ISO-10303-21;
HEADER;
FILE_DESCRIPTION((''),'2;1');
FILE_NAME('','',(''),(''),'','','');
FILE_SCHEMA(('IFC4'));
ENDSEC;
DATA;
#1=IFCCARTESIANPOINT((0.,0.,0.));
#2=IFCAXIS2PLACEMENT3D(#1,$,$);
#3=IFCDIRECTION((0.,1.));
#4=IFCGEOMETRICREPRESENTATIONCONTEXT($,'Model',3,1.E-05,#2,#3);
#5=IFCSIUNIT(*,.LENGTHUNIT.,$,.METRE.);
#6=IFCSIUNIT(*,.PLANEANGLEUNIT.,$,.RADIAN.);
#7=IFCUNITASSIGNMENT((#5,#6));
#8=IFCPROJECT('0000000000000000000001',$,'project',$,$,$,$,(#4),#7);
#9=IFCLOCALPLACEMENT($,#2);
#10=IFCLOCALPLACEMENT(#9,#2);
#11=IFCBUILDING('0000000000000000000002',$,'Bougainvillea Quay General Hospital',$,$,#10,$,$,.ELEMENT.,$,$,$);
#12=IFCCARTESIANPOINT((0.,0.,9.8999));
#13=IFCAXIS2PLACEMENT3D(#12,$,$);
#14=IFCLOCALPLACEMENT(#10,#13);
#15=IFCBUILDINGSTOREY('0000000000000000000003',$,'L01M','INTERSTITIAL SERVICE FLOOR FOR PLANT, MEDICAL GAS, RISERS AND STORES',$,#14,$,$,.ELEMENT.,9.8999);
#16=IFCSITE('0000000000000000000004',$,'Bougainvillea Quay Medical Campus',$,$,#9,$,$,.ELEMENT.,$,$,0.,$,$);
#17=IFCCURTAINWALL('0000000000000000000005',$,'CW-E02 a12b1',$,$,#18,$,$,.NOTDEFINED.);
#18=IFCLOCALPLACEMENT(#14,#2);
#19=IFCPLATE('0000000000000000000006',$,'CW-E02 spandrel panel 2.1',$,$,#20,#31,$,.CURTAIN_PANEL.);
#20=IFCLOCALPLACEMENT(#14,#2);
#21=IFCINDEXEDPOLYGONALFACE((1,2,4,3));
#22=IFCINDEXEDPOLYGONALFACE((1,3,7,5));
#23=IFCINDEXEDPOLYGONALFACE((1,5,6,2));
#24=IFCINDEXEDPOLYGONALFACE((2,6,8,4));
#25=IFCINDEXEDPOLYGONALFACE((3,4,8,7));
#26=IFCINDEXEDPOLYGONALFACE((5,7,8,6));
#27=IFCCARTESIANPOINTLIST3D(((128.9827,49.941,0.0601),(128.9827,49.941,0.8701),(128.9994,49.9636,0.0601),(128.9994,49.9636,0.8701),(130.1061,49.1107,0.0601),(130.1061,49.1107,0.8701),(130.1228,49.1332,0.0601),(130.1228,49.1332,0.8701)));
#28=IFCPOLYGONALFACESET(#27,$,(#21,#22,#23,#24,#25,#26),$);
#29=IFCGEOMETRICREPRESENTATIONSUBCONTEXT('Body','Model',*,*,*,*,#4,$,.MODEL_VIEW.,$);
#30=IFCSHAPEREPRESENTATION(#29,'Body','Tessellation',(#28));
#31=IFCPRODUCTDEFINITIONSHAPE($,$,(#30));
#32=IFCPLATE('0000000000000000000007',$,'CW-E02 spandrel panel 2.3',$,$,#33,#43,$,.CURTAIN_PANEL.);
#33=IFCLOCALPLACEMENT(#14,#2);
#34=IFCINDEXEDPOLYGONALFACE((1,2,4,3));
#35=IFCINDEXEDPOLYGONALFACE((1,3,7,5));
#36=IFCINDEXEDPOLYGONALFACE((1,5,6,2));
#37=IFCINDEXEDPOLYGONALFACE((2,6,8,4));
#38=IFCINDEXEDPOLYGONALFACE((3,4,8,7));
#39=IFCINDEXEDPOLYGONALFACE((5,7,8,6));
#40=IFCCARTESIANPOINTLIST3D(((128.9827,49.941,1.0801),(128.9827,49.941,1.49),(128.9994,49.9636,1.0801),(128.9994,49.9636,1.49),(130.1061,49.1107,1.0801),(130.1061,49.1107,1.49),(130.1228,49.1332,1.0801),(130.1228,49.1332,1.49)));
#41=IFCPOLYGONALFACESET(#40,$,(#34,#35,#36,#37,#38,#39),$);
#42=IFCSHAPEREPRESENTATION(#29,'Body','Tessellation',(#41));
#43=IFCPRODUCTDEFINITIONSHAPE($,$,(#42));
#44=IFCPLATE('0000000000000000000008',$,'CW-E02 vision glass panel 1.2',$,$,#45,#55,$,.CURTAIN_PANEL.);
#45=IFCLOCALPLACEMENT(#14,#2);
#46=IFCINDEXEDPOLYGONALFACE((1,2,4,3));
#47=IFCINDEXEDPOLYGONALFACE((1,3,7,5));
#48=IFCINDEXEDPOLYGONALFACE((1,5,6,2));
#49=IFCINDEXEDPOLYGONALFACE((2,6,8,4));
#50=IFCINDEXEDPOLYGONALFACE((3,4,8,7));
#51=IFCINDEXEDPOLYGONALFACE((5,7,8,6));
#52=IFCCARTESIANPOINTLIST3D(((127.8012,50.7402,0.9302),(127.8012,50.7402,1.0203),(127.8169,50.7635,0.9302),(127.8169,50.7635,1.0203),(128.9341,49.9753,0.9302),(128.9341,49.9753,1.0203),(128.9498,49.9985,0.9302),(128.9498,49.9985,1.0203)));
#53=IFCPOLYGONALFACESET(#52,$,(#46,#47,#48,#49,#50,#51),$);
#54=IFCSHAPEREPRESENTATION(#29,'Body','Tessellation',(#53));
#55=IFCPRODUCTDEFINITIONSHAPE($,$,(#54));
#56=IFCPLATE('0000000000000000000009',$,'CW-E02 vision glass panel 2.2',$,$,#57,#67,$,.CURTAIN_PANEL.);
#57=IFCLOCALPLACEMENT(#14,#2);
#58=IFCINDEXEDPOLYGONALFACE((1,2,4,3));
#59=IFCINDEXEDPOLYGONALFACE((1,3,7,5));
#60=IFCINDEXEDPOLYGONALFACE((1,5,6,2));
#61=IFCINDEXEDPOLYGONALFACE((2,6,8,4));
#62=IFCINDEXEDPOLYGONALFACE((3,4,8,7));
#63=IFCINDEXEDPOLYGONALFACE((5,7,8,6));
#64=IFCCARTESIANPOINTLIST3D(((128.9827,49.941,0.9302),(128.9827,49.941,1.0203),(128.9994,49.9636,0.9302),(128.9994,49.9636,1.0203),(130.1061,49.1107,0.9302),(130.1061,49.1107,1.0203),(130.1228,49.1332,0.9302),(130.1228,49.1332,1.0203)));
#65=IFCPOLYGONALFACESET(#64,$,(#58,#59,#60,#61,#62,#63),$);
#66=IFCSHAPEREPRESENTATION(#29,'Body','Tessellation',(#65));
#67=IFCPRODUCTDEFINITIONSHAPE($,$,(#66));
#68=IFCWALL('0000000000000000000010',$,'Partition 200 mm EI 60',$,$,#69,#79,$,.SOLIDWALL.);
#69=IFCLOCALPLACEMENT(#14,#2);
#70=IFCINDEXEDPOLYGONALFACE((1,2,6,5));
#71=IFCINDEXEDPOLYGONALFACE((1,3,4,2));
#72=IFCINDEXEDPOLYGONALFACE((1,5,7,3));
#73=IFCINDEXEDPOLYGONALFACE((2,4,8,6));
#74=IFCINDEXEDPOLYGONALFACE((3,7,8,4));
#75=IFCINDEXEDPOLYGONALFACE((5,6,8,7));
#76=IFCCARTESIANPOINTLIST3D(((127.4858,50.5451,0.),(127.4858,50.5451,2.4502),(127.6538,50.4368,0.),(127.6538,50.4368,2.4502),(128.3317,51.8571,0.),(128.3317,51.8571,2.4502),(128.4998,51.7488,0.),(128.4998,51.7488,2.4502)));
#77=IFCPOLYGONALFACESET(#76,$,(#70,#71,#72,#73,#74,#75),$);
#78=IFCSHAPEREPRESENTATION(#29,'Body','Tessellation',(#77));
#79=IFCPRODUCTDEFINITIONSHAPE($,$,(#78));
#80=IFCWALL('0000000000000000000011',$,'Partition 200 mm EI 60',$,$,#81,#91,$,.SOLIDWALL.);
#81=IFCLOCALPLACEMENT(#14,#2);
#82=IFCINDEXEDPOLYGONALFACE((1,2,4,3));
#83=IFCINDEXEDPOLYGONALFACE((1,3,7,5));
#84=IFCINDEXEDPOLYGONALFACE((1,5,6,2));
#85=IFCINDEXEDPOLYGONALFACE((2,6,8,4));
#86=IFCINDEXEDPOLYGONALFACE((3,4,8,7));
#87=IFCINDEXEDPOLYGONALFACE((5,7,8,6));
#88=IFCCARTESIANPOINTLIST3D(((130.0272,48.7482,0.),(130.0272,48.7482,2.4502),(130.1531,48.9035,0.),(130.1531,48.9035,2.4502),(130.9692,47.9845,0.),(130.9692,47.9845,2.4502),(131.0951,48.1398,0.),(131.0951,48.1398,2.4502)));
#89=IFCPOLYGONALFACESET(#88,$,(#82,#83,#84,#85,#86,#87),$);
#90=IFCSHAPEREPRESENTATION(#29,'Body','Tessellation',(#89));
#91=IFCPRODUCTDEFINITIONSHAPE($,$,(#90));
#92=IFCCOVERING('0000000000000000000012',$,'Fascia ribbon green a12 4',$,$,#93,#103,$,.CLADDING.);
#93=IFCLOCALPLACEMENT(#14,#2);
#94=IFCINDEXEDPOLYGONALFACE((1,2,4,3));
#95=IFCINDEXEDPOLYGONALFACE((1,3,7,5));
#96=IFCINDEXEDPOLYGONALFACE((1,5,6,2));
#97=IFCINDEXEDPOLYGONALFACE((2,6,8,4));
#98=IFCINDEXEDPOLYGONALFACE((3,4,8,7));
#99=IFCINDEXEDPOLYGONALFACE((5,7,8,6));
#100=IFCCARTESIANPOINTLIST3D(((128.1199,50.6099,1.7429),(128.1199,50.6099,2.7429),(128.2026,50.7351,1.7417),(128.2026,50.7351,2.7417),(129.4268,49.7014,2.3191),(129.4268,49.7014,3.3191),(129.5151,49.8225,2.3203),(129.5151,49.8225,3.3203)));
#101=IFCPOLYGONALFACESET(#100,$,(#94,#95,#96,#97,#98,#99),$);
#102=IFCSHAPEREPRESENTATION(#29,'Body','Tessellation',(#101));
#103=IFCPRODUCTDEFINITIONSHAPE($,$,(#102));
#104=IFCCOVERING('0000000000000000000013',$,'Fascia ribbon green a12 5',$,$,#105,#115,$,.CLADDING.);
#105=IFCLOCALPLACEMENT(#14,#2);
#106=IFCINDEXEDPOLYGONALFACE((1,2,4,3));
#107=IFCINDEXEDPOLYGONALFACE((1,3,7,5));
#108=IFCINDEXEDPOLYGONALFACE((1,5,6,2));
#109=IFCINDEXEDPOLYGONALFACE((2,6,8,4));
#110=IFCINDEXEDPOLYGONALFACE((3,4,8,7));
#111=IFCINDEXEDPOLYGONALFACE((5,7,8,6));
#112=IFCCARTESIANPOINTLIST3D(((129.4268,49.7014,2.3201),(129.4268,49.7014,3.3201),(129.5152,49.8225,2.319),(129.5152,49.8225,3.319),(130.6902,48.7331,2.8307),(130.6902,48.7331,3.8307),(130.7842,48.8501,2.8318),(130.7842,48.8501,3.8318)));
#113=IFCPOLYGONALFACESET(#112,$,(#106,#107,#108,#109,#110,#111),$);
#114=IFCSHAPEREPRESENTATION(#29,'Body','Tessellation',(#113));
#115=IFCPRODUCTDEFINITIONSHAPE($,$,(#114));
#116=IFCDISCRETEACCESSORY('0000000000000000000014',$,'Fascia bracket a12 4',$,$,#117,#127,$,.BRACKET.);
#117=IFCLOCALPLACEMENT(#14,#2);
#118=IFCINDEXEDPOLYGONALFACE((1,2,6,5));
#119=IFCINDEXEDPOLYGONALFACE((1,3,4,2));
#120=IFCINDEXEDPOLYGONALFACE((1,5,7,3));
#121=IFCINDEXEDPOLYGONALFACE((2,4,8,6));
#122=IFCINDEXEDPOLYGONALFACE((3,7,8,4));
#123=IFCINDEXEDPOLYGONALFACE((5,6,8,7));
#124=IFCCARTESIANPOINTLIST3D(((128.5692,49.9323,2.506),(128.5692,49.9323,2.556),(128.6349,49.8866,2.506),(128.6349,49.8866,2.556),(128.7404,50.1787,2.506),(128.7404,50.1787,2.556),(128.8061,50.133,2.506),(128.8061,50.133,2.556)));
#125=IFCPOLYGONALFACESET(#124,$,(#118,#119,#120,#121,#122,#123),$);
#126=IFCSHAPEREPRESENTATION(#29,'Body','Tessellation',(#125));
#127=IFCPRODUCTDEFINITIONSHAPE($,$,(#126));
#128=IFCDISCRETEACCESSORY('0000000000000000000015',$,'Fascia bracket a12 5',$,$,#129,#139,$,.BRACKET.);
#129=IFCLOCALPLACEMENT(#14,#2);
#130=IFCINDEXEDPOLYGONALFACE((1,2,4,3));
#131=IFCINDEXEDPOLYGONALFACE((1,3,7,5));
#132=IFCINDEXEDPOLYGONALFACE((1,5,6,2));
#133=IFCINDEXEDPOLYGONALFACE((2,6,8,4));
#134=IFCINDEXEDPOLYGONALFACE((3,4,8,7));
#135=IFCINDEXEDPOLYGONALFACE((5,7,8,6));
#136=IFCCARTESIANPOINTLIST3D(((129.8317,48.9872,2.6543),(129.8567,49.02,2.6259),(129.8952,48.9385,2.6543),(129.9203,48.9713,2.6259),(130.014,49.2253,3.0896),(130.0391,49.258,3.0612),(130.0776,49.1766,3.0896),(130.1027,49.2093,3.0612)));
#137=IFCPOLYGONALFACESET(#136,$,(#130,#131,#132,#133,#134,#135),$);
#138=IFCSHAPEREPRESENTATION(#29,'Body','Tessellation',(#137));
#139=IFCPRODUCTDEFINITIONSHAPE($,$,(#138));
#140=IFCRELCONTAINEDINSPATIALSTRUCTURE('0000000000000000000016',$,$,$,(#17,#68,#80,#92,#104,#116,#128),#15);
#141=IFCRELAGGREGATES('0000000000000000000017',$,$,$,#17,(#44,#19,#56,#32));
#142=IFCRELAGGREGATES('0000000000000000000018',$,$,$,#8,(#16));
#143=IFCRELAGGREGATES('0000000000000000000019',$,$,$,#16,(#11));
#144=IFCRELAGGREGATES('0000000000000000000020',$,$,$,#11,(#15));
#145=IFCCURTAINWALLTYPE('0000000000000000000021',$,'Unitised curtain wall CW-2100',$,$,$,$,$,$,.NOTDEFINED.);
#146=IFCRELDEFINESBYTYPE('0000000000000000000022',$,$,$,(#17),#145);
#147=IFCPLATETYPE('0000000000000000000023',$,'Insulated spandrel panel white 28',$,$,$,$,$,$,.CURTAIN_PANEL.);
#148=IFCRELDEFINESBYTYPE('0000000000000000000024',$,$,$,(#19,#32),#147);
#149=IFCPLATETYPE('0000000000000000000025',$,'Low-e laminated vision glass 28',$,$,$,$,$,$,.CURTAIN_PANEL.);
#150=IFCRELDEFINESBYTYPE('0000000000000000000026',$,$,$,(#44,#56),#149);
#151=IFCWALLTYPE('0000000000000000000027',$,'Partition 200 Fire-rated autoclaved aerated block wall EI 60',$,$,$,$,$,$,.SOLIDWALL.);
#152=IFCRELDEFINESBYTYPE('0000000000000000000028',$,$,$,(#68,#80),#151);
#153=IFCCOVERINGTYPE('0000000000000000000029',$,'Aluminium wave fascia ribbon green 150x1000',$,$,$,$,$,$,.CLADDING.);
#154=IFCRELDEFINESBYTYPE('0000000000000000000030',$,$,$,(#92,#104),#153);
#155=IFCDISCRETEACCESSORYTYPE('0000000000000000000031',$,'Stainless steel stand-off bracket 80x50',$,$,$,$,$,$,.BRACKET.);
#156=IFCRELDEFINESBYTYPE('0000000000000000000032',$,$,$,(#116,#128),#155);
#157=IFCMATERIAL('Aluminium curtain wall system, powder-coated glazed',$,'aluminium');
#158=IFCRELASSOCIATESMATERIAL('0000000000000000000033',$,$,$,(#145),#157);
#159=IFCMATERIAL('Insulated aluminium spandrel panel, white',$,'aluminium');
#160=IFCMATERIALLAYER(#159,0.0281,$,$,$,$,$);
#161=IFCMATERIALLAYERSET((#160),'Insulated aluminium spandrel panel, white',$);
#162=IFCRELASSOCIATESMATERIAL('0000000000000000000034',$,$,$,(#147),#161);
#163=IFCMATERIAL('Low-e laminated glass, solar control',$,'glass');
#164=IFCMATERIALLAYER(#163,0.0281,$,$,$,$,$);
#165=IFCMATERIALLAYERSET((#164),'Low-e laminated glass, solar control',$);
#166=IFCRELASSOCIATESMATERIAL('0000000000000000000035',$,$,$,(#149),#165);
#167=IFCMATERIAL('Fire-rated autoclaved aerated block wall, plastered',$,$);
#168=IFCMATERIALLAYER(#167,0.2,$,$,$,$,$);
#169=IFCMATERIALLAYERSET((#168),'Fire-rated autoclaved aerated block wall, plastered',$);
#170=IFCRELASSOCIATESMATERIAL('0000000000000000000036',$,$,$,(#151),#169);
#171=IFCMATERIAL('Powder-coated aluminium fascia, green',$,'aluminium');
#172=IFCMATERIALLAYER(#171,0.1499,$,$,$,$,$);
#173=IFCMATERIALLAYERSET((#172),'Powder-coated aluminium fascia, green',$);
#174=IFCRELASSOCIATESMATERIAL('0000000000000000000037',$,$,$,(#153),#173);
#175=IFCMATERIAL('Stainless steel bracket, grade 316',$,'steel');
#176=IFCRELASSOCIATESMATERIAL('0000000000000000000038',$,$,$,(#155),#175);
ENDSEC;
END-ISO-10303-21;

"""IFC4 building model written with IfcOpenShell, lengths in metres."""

from ifc_helpers import new_model, si_unit, direction, frame, frame_2d, origin, origin_2d, place, context, subcontext, project, spatial, polyline, rectangle, outline, extrude, material, layer, layer_set, material_profile, profile_set, type_object, element, aggregate, save


model = new_model("IFC4")

# Units and contexts
model_context = context("Model", 3, precision=1e-05, world=origin(), true_north=direction((0.0, 1.0)))
body_context = subcontext(model_context, "Body", "Model", "MODEL_VIEW")
ifc_project = project(units=[si_unit("LENGTHUNIT", "METRE"), si_unit("PLANEANGLEUNIT", "RADIAN")], contexts=[model_context])

# Site, building, storey
site_placement = place(None, origin())
site = spatial("IfcSite", under=ifc_project, at=site_placement, Name="Bougainvillea Quay Medical Campus", CompositionType="ELEMENT", RefElevation=0.0)
building_placement = place(site_placement, origin())
building = spatial("IfcBuilding", under=site, at=building_placement, Name="Bougainvillea Quay General Hospital", CompositionType="ELEMENT")
storey_placement = place(building_placement, frame((0.0, 0.0, 9.8999)))
storey = spatial("IfcBuildingStorey", under=building, at=storey_placement, Name="L01M", Description="INTERSTITIAL SERVICE FLOOR FOR PLANT, MEDICAL GAS, RISERS AND STORES", CompositionType="ELEMENT", Elevation=9.8999)

# Curtain wall, plates
ifc_material_1 = material(Name="Aluminium curtain wall system, powder-coated glazed", Category="aluminium")
curtain_wall_type = type_object("IfcCurtainWallType", Name="Unitised curtain wall CW-2100", PredefinedType="NOTDEFINED", material=ifc_material_1)
curtain_wall_placement = place(storey_placement, origin())
curtain_wall = element("IfcCurtainWall", 1, at=curtain_wall_placement, inside=storey, type_object=curtain_wall_type, Name="CW-E02 a12b1", PredefinedType="NOTDEFINED")
ifc_material_2 = material(Name="Insulated aluminium spandrel panel, white", Category="aluminium")
ifc_layer_1 = layer(ifc_material_2, 0.0281)
ifc_layer_set_1 = layer_set([ifc_layer_1], Name="Insulated aluminium spandrel panel, white")
plate_type_1 = type_object("IfcPlateType", Name="Insulated spandrel panel white 28", PredefinedType="CURTAIN_PANEL", material=ifc_layer_set_1)
plate_1_placement = place(storey_placement, frame((129.5527, 49.5371, 0.0601), z_axis=(0.0, 0.0, 1.0), x_axis=(0.804189, -0.594374, 0.0)))
plate_1 = element("IfcPlate", 2, at=plate_1_placement, type_object=plate_type_1, Name="CW-E02 spandrel panel 2.1", PredefinedType="CURTAIN_PANEL", context=body_context, shape_type="SweptSolid", body=[
    extrude(rectangle(XDim=1.397, YDim=0.0281, at=origin_2d()), origin(), (0.0, 0.0, 1.0), 0.8101),
])
plate_2_placement = place(storey_placement, frame((129.5527, 49.5371, 1.0801), z_axis=(0.0, 0.0, 1.0), x_axis=(0.804189, -0.594374, 0.0)))
plate_2 = element("IfcPlate", 3, at=plate_2_placement, type_object=plate_type_1, Name="CW-E02 spandrel panel 2.3", PredefinedType="CURTAIN_PANEL", context=body_context, shape_type="SweptSolid", body=[
    extrude(rectangle(XDim=1.397, YDim=0.0281, at=origin_2d()), origin(), (0.0, 0.0, 1.0), 0.4099),
])
ifc_material_3 = material(Name="Low-e laminated glass, solar control", Category="glass")
ifc_layer_2 = layer(ifc_material_3, 0.0281)
ifc_layer_set_2 = layer_set([ifc_layer_2], Name="Low-e laminated glass, solar control")
plate_type_2 = type_object("IfcPlateType", Name="Low-e laminated vision glass 28", PredefinedType="CURTAIN_PANEL", material=ifc_layer_set_2)
plate_3_placement = place(storey_placement, frame((128.3755, 50.3694, 0.9302), z_axis=(0.0, 0.0, 1.0), x_axis=(0.828738, -0.559637, 0.0)))
plate_3 = element("IfcPlate", 4, at=plate_3_placement, type_object=plate_type_2, Name="CW-E02 vision glass panel 1.2", PredefinedType="CURTAIN_PANEL", context=body_context, shape_type="SweptSolid", body=[
    extrude(rectangle(XDim=1.3669, YDim=0.0281, at=origin_2d()), origin(), (0.0, 0.0, 1.0), 0.0901),
])
plate_4_placement = place(storey_placement, frame((129.5527, 49.5371, 0.9302), z_axis=(0.0, 0.0, 1.0), x_axis=(0.804189, -0.594374, 0.0)))
plate_4 = element("IfcPlate", 5, at=plate_4_placement, type_object=plate_type_2, Name="CW-E02 vision glass panel 2.2", PredefinedType="CURTAIN_PANEL", context=body_context, shape_type="SweptSolid", body=[
    extrude(rectangle(XDim=1.397, YDim=0.0281, at=origin_2d()), origin(), (0.0, 0.0, 1.0), 0.0901),
])
aggregate(curtain_wall, [plate_3, plate_1, plate_4, plate_2])

# Walls
ifc_material_4 = material(Name="Fire-rated autoclaved aerated block wall, plastered")
ifc_layer_3 = layer(ifc_material_4, 0.2)
ifc_layer_set_3 = layer_set([ifc_layer_3], Name="Fire-rated autoclaved aerated block wall, plastered")
wall_type = type_object("IfcWallType", Name="Partition 200 Fire-rated autoclaved aerated block wall EI 60", PredefinedType="SOLIDWALL", material=ifc_layer_set_3)
wall_1_placement = place(storey_placement, frame((127.5698, 50.491, 0.0), z_axis=(0.0, 0.0, 1.0), x_axis=(0.541895, 0.840446, 0.0)))
element("IfcWall", 6, at=wall_1_placement, inside=storey, type_object=wall_type, Name="Partition 200 mm EI 60", PredefinedType="SOLIDWALL", context=body_context, shape_type="SweptSolid", body=[
    extrude(rectangle(XDim=1.561, YDim=0.2, at=frame_2d((0.7805, 0.0))), origin(), (0.0, 0.0, 1.0), 2.4502),
])
wall_2_placement = place(storey_placement, frame((130.0901, 48.8259, 0.0), z_axis=(0.0, 0.0, 1.0), x_axis=(0.776766, -0.629789, 0.0)))
element("IfcWall", 7, at=wall_2_placement, inside=storey, type_object=wall_type, Name="Partition 200 mm EI 60", PredefinedType="SOLIDWALL", context=body_context, shape_type="SweptSolid", body=[
    extrude(rectangle(XDim=1.2126, YDim=0.2, at=frame_2d((0.6064, 0.0))), origin(), (0.0, 0.0, 1.0), 2.4502),
])

# Coverings
ifc_material_5 = material(Name="Powder-coated aluminium fascia, green", Category="aluminium")
ifc_layer_4 = layer(ifc_material_5, 0.1499)
ifc_layer_set_4 = layer_set([ifc_layer_4], Name="Powder-coated aluminium fascia, green")
covering_type = type_object("IfcCoveringType", Name="Aluminium wave fascia ribbon green 150x1000", PredefinedType="CLADDING", material=ifc_layer_set_4)
covering_1_placement = place(storey_placement, frame((128.1199, 50.6099, 1.7429), z_axis=(-0.279527, 0.194201, 0.940293), x_axis=(0.772082, -0.536693, 0.340366)))
element("IfcCovering", 8, at=covering_1_placement, inside=storey, type_object=covering_type, Name="Fascia ribbon green a12 4", PredefinedType="CLADDING", context=body_context, shape_type="SweptSolid", body=[
    extrude(outline(polyline([(0.0, 0.0), (1.6927, 0.0), (1.6964, 0.1499), (-0.0037, 0.1501), (0.0, 0.0)])), origin(), (0.340366, 0.000081, 0.940293), 1.0),
])
covering_2_placement = place(storey_placement, frame((129.4268, 49.7014, 2.3201), z_axis=(-0.242461, 0.185762, 0.952211), x_axis=(0.755786, -0.579217, 0.305442)))
element("IfcCovering", 9, at=covering_2_placement, inside=storey, type_object=covering_type, Name="Fascia ribbon green a12 5", PredefinedType="CLADDING", context=body_context, shape_type="SweptSolid", body=[
    extrude(outline(polyline([(0.0, 0.0), (1.6717, 0.0), (1.6753, 0.15), (-0.0036, 0.1499), (0.0, 0.0)])), origin(), (0.305442, 0.000041, 0.952211), 1.0),
])

# Discrete accessories
ifc_material_6 = material(Name="Stainless steel bracket, grade 316", Category="steel")
ifc_material_profile_1 = material_profile(ifc_material_6, rectangle(XDim=0.0801, YDim=0.05, at=origin_2d()))
ifc_profile_set_1 = profile_set([ifc_material_profile_1], Name="Stainless steel bracket, grade 316")
discrete_accessory_type = type_object("IfcDiscreteAccessoryType", Name="Stainless steel stand-off bracket 80x50", PredefinedType="BRACKET", material=ifc_profile_set_1)
discrete_accessory_1_placement = place(storey_placement, frame((128.6021, 49.9094, 2.531), z_axis=(0.570564, 0.821253, 0.0), x_axis=(-0.821253, 0.570564, 0.0)))
element("IfcDiscreteAccessory", 10, at=discrete_accessory_1_placement, inside=storey, type_object=discrete_accessory_type, Name="Fascia bracket a12 4", PredefinedType="BRACKET", context=body_context, shape_type="SweptSolid", body=[
    extrude(rectangle(XDim=0.0801, YDim=0.05, at=origin_2d()), origin(), (0.0, 0.0, 1.0), 0.3),
])
discrete_accessory_2_placement = place(storey_placement, frame((129.876, 48.9792, 2.6401), z_axis=(0.345016, 0.450322, 0.823513), x_axis=(-0.793803, 0.608175, 0.0)))
element("IfcDiscreteAccessory", 11, at=discrete_accessory_2_placement, inside=storey, type_object=discrete_accessory_type, Name="Fascia bracket a12 5", PredefinedType="BRACKET", context=body_context, shape_type="SweptSolid", body=[
    extrude(rectangle(XDim=0.0801, YDim=0.05, at=origin_2d()), origin(), (0.0, 0.0, 1.0), 0.5286),
])

save(model, "model.ifc")
